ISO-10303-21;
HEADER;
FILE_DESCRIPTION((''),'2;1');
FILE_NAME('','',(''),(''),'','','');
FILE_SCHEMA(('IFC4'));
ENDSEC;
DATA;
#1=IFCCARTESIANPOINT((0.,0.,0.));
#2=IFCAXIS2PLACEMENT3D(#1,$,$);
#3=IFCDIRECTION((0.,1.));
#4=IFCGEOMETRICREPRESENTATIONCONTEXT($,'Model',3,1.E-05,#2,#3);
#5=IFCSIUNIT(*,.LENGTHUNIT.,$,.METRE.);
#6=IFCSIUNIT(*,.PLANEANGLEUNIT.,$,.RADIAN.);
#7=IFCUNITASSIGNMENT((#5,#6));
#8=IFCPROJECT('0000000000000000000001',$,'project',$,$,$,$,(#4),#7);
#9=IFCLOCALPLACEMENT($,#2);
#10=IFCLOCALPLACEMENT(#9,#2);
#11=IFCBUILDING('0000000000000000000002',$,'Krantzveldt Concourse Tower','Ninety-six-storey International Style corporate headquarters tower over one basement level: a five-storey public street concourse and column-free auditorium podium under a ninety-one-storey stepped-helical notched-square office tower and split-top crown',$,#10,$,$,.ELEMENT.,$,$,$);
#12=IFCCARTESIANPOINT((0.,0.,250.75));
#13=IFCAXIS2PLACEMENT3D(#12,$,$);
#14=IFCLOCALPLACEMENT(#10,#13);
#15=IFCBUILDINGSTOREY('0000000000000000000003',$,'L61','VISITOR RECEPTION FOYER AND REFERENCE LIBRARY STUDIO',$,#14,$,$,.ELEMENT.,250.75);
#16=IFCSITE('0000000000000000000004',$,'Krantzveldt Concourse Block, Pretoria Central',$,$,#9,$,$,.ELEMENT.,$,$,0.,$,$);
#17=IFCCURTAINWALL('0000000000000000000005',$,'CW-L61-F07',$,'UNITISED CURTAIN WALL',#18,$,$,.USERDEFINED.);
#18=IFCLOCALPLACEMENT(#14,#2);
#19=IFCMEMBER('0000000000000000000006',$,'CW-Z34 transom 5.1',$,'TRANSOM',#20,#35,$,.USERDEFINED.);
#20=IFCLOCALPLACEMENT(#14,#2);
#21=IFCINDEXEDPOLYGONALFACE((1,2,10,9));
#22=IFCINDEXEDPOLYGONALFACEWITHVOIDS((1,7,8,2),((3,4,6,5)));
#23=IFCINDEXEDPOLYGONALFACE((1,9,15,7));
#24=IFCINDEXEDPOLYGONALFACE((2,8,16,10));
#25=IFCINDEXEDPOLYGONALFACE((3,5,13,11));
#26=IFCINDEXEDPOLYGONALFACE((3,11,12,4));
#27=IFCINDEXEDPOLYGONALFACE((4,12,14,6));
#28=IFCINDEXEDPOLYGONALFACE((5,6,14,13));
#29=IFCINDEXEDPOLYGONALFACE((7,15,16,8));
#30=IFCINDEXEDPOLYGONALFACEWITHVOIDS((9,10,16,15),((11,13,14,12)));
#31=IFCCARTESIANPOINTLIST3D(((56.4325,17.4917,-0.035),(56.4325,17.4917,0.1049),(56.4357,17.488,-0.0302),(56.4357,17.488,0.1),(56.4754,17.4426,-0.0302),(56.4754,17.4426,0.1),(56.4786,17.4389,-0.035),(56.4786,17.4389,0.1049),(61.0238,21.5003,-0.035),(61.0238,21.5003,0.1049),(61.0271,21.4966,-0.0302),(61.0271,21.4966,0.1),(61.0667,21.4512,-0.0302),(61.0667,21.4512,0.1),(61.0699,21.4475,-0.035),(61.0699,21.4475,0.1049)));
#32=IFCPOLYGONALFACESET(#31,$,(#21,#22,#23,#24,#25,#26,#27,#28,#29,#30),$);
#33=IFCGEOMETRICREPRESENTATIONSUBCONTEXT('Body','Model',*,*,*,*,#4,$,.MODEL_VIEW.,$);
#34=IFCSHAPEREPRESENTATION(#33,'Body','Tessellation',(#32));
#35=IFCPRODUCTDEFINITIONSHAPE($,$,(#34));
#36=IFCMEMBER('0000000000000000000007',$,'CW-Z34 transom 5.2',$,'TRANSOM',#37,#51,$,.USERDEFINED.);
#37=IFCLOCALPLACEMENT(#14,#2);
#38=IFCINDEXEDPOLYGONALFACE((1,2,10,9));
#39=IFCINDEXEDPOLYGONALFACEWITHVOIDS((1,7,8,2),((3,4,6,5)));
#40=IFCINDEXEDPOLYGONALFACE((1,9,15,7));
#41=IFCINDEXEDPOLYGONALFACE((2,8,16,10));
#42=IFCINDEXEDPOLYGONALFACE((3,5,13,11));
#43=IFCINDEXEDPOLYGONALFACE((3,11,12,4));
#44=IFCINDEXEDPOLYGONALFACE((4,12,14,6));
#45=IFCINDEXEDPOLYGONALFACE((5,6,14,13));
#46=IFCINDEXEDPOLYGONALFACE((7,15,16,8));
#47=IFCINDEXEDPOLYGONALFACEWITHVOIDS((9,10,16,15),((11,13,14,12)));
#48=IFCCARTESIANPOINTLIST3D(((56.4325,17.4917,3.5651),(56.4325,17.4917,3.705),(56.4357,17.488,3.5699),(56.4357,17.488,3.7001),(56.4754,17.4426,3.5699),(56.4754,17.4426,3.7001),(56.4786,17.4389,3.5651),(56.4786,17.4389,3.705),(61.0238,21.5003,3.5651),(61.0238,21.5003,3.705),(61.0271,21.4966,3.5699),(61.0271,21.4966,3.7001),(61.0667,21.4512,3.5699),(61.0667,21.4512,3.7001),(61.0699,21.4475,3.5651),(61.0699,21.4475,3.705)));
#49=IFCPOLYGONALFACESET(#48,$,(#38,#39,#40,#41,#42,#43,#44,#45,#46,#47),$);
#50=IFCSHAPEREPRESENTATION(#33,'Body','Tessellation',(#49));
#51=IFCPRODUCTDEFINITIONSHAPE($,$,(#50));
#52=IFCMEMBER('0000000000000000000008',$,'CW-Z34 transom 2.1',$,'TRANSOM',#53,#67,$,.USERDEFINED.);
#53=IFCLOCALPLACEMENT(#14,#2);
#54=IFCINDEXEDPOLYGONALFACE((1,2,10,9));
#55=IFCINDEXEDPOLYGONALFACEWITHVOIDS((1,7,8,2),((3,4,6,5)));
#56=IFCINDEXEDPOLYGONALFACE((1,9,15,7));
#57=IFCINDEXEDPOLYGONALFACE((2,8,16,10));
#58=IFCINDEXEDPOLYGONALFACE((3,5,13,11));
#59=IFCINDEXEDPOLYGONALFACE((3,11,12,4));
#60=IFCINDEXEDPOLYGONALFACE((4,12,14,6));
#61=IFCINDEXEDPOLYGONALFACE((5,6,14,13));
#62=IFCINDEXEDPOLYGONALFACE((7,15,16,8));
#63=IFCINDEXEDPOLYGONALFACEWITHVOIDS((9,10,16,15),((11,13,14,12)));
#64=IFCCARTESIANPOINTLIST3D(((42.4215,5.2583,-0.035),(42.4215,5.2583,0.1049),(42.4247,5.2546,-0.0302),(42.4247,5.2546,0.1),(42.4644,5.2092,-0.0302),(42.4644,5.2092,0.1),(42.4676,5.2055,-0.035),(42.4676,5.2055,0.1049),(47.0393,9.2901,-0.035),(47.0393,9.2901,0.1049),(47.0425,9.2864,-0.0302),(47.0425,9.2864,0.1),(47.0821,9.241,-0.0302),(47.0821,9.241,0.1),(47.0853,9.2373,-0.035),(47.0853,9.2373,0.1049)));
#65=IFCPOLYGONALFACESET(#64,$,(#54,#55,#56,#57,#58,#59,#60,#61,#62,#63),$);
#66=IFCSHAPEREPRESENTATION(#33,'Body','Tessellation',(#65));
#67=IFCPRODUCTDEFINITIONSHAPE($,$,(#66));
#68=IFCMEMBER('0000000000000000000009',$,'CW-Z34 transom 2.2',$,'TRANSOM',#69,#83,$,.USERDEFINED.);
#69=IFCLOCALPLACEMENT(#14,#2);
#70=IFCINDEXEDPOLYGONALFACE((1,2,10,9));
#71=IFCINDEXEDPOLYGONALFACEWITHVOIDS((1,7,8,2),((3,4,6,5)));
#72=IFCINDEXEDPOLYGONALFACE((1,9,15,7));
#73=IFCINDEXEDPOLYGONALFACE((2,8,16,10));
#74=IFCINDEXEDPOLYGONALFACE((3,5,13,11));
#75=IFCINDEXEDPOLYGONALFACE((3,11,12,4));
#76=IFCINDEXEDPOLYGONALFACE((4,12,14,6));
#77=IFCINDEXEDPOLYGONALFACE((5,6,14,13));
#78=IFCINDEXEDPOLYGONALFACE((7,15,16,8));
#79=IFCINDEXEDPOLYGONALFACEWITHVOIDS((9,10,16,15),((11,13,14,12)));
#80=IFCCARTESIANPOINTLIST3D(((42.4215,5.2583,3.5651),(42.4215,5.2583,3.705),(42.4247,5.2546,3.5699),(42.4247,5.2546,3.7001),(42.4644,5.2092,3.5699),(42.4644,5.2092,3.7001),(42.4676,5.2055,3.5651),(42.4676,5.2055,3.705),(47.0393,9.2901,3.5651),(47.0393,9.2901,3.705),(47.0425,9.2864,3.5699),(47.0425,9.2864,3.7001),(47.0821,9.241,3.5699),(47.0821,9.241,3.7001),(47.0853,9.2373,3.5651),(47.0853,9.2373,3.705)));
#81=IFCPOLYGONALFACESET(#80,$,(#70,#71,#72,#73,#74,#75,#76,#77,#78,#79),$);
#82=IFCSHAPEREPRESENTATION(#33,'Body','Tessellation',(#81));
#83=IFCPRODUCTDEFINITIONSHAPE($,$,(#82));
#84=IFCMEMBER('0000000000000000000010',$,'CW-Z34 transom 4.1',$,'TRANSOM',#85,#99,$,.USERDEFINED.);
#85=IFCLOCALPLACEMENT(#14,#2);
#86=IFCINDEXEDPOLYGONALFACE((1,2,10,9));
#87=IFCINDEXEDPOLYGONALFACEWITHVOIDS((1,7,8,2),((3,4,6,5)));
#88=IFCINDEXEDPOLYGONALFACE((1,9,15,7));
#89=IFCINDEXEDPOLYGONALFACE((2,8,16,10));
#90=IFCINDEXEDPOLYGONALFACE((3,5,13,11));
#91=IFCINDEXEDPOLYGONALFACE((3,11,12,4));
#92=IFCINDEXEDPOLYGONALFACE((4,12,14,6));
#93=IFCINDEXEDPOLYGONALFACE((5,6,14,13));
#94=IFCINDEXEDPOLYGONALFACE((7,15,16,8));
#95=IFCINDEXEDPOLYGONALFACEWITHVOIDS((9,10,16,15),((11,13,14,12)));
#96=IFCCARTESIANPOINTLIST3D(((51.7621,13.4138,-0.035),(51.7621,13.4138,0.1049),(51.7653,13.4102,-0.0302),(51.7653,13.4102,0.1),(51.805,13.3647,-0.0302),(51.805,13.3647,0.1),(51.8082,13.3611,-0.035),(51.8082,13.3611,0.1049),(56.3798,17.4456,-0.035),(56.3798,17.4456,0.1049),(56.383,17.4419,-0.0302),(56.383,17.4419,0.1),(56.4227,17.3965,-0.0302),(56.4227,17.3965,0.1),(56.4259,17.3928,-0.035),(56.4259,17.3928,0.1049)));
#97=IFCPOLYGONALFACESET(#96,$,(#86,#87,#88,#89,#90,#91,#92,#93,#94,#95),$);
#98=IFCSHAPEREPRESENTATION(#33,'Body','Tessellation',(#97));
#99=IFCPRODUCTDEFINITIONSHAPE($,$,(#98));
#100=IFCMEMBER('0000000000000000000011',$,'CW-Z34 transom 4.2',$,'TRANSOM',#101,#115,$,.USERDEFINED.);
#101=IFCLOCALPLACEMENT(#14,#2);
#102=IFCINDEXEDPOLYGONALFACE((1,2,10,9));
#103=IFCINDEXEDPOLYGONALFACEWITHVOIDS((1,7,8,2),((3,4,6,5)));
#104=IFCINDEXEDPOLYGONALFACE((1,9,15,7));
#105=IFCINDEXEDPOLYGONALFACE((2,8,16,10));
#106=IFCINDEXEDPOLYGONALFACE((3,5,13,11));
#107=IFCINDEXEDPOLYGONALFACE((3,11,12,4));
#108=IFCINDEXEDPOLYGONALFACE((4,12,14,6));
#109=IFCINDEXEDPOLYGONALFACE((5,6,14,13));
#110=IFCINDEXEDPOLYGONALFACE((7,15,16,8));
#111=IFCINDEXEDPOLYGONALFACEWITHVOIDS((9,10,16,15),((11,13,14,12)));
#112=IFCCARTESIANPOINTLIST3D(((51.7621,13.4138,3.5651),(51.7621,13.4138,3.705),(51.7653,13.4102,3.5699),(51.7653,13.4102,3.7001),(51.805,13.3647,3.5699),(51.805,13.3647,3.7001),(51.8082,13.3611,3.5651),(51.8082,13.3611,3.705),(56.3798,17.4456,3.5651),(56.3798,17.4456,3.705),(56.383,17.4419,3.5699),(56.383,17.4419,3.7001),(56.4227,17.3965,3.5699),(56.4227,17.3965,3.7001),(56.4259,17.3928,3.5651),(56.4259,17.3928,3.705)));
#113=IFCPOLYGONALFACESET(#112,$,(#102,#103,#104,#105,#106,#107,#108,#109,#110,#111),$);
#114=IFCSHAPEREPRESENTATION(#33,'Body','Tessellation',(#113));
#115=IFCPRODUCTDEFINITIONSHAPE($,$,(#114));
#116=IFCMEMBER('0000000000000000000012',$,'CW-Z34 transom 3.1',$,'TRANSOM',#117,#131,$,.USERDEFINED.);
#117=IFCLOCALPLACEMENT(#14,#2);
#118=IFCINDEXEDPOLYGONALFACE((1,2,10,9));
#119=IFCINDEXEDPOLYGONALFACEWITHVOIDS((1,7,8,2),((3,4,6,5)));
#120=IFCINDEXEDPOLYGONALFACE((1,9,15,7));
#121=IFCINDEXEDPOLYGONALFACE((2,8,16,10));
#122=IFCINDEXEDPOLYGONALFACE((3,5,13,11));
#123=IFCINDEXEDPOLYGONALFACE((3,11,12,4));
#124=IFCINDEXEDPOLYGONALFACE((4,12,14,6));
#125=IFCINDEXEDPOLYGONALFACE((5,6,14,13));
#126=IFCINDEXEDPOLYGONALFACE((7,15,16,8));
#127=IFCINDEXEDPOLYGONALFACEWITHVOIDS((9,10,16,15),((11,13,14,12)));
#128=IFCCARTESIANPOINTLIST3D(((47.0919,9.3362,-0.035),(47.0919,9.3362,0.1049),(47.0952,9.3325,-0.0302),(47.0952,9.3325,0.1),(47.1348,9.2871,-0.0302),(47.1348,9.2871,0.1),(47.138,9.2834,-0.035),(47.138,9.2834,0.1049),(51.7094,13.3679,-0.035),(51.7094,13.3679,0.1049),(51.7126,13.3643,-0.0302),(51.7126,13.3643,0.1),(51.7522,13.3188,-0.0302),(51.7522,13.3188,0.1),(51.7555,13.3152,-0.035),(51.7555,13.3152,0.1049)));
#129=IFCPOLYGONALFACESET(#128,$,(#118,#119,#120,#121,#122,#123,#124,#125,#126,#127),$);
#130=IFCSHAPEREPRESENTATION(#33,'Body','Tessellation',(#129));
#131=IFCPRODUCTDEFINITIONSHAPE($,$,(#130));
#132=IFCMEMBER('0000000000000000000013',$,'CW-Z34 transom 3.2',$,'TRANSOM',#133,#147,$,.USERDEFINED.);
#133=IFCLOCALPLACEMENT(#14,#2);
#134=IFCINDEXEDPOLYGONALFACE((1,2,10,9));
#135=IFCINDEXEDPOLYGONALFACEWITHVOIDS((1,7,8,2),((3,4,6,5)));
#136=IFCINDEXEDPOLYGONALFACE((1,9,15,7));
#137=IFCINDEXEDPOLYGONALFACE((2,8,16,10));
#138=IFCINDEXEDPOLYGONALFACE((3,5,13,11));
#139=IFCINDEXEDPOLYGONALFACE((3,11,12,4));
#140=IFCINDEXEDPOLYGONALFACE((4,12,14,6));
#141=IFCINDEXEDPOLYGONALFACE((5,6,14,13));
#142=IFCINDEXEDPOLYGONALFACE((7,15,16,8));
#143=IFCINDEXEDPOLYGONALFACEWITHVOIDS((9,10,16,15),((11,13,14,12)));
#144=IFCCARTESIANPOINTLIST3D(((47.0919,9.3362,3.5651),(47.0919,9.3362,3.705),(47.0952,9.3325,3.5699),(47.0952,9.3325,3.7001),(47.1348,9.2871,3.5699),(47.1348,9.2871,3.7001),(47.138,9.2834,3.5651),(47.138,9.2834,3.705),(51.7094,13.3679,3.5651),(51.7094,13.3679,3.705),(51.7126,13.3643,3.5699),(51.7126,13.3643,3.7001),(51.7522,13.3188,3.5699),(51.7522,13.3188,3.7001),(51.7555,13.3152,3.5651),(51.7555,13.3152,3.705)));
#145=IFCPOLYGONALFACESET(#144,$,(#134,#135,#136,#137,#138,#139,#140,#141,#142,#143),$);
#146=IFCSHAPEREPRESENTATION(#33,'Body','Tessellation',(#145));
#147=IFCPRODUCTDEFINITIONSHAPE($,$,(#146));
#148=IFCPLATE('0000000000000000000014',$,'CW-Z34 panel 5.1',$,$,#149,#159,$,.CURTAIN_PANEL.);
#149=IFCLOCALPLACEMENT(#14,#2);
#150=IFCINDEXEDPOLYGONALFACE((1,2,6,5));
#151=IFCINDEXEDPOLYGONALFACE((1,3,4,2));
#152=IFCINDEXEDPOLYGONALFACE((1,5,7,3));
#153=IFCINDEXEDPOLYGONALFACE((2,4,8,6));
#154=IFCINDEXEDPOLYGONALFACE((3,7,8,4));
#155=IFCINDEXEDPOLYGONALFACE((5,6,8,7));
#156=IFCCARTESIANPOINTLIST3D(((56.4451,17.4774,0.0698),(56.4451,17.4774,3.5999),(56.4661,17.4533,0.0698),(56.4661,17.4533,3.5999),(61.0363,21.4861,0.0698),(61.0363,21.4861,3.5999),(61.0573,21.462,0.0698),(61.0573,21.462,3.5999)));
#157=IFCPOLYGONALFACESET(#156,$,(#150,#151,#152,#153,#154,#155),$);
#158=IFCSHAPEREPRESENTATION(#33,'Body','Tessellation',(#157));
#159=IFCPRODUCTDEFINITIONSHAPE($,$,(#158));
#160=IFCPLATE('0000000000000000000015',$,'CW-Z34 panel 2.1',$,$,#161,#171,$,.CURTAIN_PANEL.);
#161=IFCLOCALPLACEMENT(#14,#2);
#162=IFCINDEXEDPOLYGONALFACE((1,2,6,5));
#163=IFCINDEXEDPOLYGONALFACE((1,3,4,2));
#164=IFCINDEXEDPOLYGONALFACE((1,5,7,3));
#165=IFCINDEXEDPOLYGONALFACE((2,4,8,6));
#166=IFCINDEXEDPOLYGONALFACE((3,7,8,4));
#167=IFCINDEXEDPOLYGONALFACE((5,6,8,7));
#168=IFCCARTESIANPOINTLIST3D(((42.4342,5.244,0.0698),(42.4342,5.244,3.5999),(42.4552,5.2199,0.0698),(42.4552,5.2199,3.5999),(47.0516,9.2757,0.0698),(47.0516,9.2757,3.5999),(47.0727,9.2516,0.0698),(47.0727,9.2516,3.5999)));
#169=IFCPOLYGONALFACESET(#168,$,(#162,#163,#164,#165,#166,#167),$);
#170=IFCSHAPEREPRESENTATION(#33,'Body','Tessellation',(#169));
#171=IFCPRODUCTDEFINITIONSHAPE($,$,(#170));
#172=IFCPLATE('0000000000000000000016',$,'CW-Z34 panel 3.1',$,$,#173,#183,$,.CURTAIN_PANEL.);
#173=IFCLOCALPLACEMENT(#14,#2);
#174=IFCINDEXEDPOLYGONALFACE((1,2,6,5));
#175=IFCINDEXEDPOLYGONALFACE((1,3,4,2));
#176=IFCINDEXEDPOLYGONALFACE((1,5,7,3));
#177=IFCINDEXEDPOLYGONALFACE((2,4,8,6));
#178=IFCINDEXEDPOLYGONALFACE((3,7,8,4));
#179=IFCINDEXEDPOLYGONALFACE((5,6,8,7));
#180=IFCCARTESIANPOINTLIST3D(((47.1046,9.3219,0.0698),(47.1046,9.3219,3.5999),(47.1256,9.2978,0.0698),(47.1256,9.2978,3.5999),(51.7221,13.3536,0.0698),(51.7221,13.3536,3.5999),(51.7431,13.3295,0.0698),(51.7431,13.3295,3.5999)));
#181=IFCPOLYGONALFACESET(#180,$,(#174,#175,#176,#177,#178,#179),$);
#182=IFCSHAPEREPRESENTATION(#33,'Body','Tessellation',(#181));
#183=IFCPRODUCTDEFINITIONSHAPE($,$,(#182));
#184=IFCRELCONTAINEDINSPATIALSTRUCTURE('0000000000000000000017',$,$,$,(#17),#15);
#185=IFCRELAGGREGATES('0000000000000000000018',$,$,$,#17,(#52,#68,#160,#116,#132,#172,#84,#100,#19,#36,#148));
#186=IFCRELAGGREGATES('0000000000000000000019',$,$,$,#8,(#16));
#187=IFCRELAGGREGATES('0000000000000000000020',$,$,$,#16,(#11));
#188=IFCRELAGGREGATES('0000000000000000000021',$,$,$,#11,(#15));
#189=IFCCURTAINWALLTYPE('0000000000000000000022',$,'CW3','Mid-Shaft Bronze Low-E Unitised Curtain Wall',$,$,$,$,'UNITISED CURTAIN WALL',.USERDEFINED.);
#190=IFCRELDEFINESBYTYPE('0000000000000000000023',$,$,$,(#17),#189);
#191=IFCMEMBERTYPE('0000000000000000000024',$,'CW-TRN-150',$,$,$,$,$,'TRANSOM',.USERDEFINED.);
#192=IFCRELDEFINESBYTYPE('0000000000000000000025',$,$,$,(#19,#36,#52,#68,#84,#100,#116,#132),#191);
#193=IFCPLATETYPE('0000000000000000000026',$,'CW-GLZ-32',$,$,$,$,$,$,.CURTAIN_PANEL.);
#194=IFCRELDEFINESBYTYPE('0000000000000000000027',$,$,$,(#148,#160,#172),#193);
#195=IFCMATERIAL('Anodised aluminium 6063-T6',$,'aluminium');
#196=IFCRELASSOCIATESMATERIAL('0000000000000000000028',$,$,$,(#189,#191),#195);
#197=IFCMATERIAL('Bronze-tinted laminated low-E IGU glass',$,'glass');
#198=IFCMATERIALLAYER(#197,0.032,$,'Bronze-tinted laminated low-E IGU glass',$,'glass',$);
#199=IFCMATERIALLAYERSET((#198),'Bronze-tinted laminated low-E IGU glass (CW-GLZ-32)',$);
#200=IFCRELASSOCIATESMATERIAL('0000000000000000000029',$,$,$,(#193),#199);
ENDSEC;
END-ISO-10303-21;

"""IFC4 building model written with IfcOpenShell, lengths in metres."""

from ifc_helpers import new_model, si_unit, direction, frame, origin, origin_2d, place, context, subcontext, project, spatial, rectangle, hollow_rectangle, extrude, source, transform, mapped, material, layer, layer_set, material_profile, profile_set, type_object, type_shapes, element, aggregate, save


model = new_model("IFC4")

# Units and contexts
model_context = context("Model", 3, precision=1e-05, world=origin(), true_north=direction((0.0, 1.0)))
body_context = subcontext(model_context, "Body", "Model", "MODEL_VIEW")
ifc_project = project(units=[si_unit("LENGTHUNIT", "METRE"), si_unit("PLANEANGLEUNIT", "RADIAN")], contexts=[model_context])

# Site, building, storey
site_placement = place(None, origin())
site = spatial("IfcSite", under=ifc_project, at=site_placement, Name="Krantzveldt Concourse Block, Pretoria Central", CompositionType="ELEMENT", RefElevation=0.0)
building_placement = place(site_placement, origin())
building = spatial("IfcBuilding", under=site, at=building_placement, Name="Krantzveldt Concourse Tower", Description="Ninety-six-storey International Style corporate headquarters tower over one basement level: a five-storey public street concourse and column-free auditorium podium under a ninety-one-storey stepped-helical notched-square office tower and split-top crown", CompositionType="ELEMENT")
storey_placement = place(building_placement, frame((0.0, 0.0, 250.75)))
storey = spatial("IfcBuildingStorey", under=building, at=storey_placement, Name="L61", Description="VISITOR RECEPTION FOYER AND REFERENCE LIBRARY STUDIO", CompositionType="ELEMENT", Elevation=250.75)

# Curtain wall, members, plates
ifc_material_1 = material(Name="Anodised aluminium 6063-T6", Category="aluminium")
curtain_wall_type = type_object("IfcCurtainWallType", Name="CW3", Description="Mid-Shaft Bronze Low-E Unitised Curtain Wall", ElementType="UNITISED CURTAIN WALL", PredefinedType="USERDEFINED", material=ifc_material_1)
curtain_wall_placement = place(storey_placement, origin())
curtain_wall = element("IfcCurtainWall", 1, at=curtain_wall_placement, inside=storey, type_object=curtain_wall_type, Name="CW-L61-F07", ObjectType="UNITISED CURTAIN WALL", PredefinedType="USERDEFINED")
ifc_material_profile_1 = material_profile(ifc_material_1, hollow_rectangle(XDim=0.0701, YDim=0.1399, WallThickness=0.0049, at=origin_2d()), Name="Anodised aluminium 6063-T6", Category="aluminium")
ifc_profile_set_1 = profile_set([ifc_material_profile_1], Name="Anodised aluminium 6063-T6 - ALU-TRAN 140x70x5")
member_type_1 = type_object("IfcMemberType", Name="CW-TRN-150", ElementType="TRANSOM", PredefinedType="USERDEFINED", material=ifc_profile_set_1)
shared_shape_1 = source(origin(), body_context, "Body", "SweptSolid", [
    extrude(hollow_rectangle(XDim=0.0701, YDim=0.1399, WallThickness=0.0049, at=origin_2d()), origin(), (0.0, 0.0, 1.0), 6.095),
])
member_1_placement = place(storey_placement, frame((56.4556, 17.4653, 0.0349), z_axis=(0.753296, 0.657682, 0.0), x_axis=(-0.657682, 0.753296, 0.0)))
member_1 = element("IfcMember", 2, at=member_1_placement, type_object=member_type_1, Name="CW-Z34 transom 5.1", ObjectType="TRANSOM", PredefinedType="USERDEFINED", context=body_context, shape_type="MappedRepresentation", body=[
    mapped(shared_shape_1, transform((0.0, 0.0, 0.0), x_axis=(1.0, 0.0, 0.0), y_axis=(0.0, 1.0, 0.0), z_axis=(0.0, 0.0, 1.0), scale=1.0)),
])
member_2_placement = place(storey_placement, frame((56.4556, 17.4653, 3.635), z_axis=(0.753296, 0.657682, 0.0), x_axis=(-0.657682, 0.753296, 0.0)))
member_2 = element("IfcMember", 3, at=member_2_placement, type_object=member_type_1, Name="CW-Z34 transom 5.2", ObjectType="TRANSOM", PredefinedType="USERDEFINED", context=body_context, shape_type="MappedRepresentation", body=[
    mapped(shared_shape_1, transform((0.0, 0.0, 0.0), x_axis=(1.0, 0.0, 0.0), y_axis=(0.0, 1.0, 0.0), z_axis=(0.0, 0.0, 1.0), scale=1.0)),
])
shared_shape_2 = source(origin(), body_context, "Body", "SweptSolid", [
    extrude(hollow_rectangle(XDim=0.0701, YDim=0.1399, WallThickness=0.0049, at=origin_2d()), origin(), (0.0, 0.0, 1.0), 6.1301),
])
member_3_placement = place(storey_placement, frame((42.4446, 5.2319, 0.0349), z_axis=(0.753282, 0.657698, 0.0), x_axis=(-0.657698, 0.753282, 0.0)))
member_3 = element("IfcMember", 4, at=member_3_placement, type_object=member_type_1, Name="CW-Z34 transom 2.1", ObjectType="TRANSOM", PredefinedType="USERDEFINED", context=body_context, shape_type="MappedRepresentation", body=[
    mapped(shared_shape_2, transform((0.0, 0.0, 0.0), x_axis=(1.0, 0.0, 0.0), y_axis=(0.0, 1.0, 0.0), z_axis=(0.0, 0.0, 1.0), scale=1.0)),
])
member_4_placement = place(storey_placement, frame((42.4446, 5.2319, 3.635), z_axis=(0.753282, 0.657698, 0.0), x_axis=(-0.657698, 0.753282, 0.0)))
member_4 = element("IfcMember", 5, at=member_4_placement, type_object=member_type_1, Name="CW-Z34 transom 2.2", ObjectType="TRANSOM", PredefinedType="USERDEFINED", context=body_context, shape_type="MappedRepresentation", body=[
    mapped(shared_shape_2, transform((0.0, 0.0, 0.0), x_axis=(1.0, 0.0, 0.0), y_axis=(0.0, 1.0, 0.0), z_axis=(0.0, 0.0, 1.0), scale=1.0)),
])
member_5_placement = place(storey_placement, frame((51.7852, 13.3875, 0.0349), z_axis=(0.753282, 0.657698, 0.0), x_axis=(-0.657698, 0.753282, 0.0)))
member_5 = element("IfcMember", 6, at=member_5_placement, type_object=member_type_1, Name="CW-Z34 transom 4.1", ObjectType="TRANSOM", PredefinedType="USERDEFINED", context=body_context, shape_type="MappedRepresentation", body=[
    mapped(shared_shape_2, transform((0.0, 0.0, 0.0), x_axis=(1.0, 0.0, 0.0), y_axis=(0.0, 1.0, 0.0), z_axis=(0.0, 0.0, 1.0), scale=1.0)),
])
member_6_placement = place(storey_placement, frame((51.7852, 13.3875, 3.635), z_axis=(0.753282, 0.657698, 0.0), x_axis=(-0.657698, 0.753282, 0.0)))
member_6 = element("IfcMember", 7, at=member_6_placement, type_object=member_type_1, Name="CW-Z34 transom 4.2", ObjectType="TRANSOM", PredefinedType="USERDEFINED", context=body_context, shape_type="MappedRepresentation", body=[
    mapped(shared_shape_2, transform((0.0, 0.0, 0.0), x_axis=(1.0, 0.0, 0.0), y_axis=(0.0, 1.0, 0.0), z_axis=(0.0, 0.0, 1.0), scale=1.0)),
])
shared_shape_3 = source(origin(), body_context, "Body", "SweptSolid", [
    extrude(hollow_rectangle(XDim=0.0701, YDim=0.1399, WallThickness=0.0049, at=origin_2d()), origin(), (0.0, 0.0, 1.0), 6.1299),
])
type_shapes(member_type_1, [shared_shape_1, shared_shape_2, shared_shape_3])
member_7_placement = place(storey_placement, frame((47.115, 9.3098, 0.0349), z_axis=(0.753265, 0.657718, 0.0), x_axis=(-0.657718, 0.753265, 0.0)))
member_7 = element("IfcMember", 8, at=member_7_placement, type_object=member_type_1, Name="CW-Z34 transom 3.1", ObjectType="TRANSOM", PredefinedType="USERDEFINED", context=body_context, shape_type="MappedRepresentation", body=[
    mapped(shared_shape_3, transform((0.0, 0.0, 0.0), x_axis=(1.0, 0.0, 0.0), y_axis=(0.0, 1.0, 0.0), z_axis=(0.0, 0.0, 1.0), scale=1.0)),
])
member_8_placement = place(storey_placement, frame((47.115, 9.3098, 3.635), z_axis=(0.753265, 0.657718, 0.0), x_axis=(-0.657718, 0.753265, 0.0)))
member_8 = element("IfcMember", 9, at=member_8_placement, type_object=member_type_1, Name="CW-Z34 transom 3.2", ObjectType="TRANSOM", PredefinedType="USERDEFINED", context=body_context, shape_type="MappedRepresentation", body=[
    mapped(shared_shape_3, transform((0.0, 0.0, 0.0), x_axis=(1.0, 0.0, 0.0), y_axis=(0.0, 1.0, 0.0), z_axis=(0.0, 0.0, 1.0), scale=1.0)),
])
ifc_material_2 = material(Name="Bronze-tinted laminated low-E IGU glass", Category="glass")
ifc_layer_1 = layer(ifc_material_2, 0.032, Name="Bronze-tinted laminated low-E IGU glass", Category="glass")
ifc_layer_set_1 = layer_set([ifc_layer_1], Name="Bronze-tinted laminated low-E IGU glass (CW-GLZ-32)")
plate_type = type_object("IfcPlateType", Name="CW-GLZ-32", PredefinedType="CURTAIN_PANEL", material=ifc_layer_set_1)
shared_shape_4 = source(origin(), body_context, "Body", "SweptSolid", [
    extrude(rectangle(XDim=6.095, YDim=0.032, at=origin_2d()), origin(), (0.0, 0.0, 1.0), 3.53),
])
plate_1_placement = place(storey_placement, frame((58.7512, 19.4697, 0.0698), z_axis=(0.0, 0.0, 1.0), x_axis=(0.753277, 0.657704, 0.0)))
plate_1 = element("IfcPlate", 10, at=plate_1_placement, type_object=plate_type, Name="CW-Z34 panel 5.1", PredefinedType="CURTAIN_PANEL", context=body_context, shape_type="MappedRepresentation", body=[
    mapped(shared_shape_4, transform((0.0, 0.0, 0.0), x_axis=(1.0, 0.0, 0.0), y_axis=(0.0, 1.0, 0.0), z_axis=(0.0, 0.0, 1.0), scale=1.0)),
])
shared_shape_5 = source(origin(), body_context, "Body", "SweptSolid", [
    extrude(rectangle(XDim=6.1299, YDim=0.032, at=origin_2d()), origin(), (0.0, 0.0, 1.0), 3.53),
])
type_shapes(plate_type, [shared_shape_4, shared_shape_5])
plate_2_placement = place(storey_placement, frame((44.7534, 7.2478, 0.0698), z_axis=(0.0, 0.0, 1.0), x_axis=(0.753277, 0.657704, 0.0)))
plate_2 = element("IfcPlate", 11, at=plate_2_placement, type_object=plate_type, Name="CW-Z34 panel 2.1", PredefinedType="CURTAIN_PANEL", context=body_context, shape_type="MappedRepresentation", body=[
    mapped(shared_shape_5, transform((0.0, 0.0, 0.0), x_axis=(1.0, 0.0, 0.0), y_axis=(0.0, 1.0, 0.0), z_axis=(0.0, 0.0, 1.0), scale=1.0)),
])
plate_3_placement = place(storey_placement, frame((49.4238, 11.3257, 0.0698), z_axis=(0.0, 0.0, 1.0), x_axis=(0.753277, 0.657704, 0.0)))
plate_3 = element("IfcPlate", 12, at=plate_3_placement, type_object=plate_type, Name="CW-Z34 panel 3.1", PredefinedType="CURTAIN_PANEL", context=body_context, shape_type="MappedRepresentation", body=[
    mapped(shared_shape_5, transform((0.0, 0.0, 0.0), x_axis=(1.0, 0.0, 0.0), y_axis=(0.0, 1.0, 0.0), z_axis=(0.0, 0.0, 1.0), scale=1.0)),
])
aggregate(curtain_wall, [member_3, member_4, plate_2, member_7, member_8, plate_3, member_5, member_6, member_1, member_2, plate_1])

save(model, "model.ifc")
